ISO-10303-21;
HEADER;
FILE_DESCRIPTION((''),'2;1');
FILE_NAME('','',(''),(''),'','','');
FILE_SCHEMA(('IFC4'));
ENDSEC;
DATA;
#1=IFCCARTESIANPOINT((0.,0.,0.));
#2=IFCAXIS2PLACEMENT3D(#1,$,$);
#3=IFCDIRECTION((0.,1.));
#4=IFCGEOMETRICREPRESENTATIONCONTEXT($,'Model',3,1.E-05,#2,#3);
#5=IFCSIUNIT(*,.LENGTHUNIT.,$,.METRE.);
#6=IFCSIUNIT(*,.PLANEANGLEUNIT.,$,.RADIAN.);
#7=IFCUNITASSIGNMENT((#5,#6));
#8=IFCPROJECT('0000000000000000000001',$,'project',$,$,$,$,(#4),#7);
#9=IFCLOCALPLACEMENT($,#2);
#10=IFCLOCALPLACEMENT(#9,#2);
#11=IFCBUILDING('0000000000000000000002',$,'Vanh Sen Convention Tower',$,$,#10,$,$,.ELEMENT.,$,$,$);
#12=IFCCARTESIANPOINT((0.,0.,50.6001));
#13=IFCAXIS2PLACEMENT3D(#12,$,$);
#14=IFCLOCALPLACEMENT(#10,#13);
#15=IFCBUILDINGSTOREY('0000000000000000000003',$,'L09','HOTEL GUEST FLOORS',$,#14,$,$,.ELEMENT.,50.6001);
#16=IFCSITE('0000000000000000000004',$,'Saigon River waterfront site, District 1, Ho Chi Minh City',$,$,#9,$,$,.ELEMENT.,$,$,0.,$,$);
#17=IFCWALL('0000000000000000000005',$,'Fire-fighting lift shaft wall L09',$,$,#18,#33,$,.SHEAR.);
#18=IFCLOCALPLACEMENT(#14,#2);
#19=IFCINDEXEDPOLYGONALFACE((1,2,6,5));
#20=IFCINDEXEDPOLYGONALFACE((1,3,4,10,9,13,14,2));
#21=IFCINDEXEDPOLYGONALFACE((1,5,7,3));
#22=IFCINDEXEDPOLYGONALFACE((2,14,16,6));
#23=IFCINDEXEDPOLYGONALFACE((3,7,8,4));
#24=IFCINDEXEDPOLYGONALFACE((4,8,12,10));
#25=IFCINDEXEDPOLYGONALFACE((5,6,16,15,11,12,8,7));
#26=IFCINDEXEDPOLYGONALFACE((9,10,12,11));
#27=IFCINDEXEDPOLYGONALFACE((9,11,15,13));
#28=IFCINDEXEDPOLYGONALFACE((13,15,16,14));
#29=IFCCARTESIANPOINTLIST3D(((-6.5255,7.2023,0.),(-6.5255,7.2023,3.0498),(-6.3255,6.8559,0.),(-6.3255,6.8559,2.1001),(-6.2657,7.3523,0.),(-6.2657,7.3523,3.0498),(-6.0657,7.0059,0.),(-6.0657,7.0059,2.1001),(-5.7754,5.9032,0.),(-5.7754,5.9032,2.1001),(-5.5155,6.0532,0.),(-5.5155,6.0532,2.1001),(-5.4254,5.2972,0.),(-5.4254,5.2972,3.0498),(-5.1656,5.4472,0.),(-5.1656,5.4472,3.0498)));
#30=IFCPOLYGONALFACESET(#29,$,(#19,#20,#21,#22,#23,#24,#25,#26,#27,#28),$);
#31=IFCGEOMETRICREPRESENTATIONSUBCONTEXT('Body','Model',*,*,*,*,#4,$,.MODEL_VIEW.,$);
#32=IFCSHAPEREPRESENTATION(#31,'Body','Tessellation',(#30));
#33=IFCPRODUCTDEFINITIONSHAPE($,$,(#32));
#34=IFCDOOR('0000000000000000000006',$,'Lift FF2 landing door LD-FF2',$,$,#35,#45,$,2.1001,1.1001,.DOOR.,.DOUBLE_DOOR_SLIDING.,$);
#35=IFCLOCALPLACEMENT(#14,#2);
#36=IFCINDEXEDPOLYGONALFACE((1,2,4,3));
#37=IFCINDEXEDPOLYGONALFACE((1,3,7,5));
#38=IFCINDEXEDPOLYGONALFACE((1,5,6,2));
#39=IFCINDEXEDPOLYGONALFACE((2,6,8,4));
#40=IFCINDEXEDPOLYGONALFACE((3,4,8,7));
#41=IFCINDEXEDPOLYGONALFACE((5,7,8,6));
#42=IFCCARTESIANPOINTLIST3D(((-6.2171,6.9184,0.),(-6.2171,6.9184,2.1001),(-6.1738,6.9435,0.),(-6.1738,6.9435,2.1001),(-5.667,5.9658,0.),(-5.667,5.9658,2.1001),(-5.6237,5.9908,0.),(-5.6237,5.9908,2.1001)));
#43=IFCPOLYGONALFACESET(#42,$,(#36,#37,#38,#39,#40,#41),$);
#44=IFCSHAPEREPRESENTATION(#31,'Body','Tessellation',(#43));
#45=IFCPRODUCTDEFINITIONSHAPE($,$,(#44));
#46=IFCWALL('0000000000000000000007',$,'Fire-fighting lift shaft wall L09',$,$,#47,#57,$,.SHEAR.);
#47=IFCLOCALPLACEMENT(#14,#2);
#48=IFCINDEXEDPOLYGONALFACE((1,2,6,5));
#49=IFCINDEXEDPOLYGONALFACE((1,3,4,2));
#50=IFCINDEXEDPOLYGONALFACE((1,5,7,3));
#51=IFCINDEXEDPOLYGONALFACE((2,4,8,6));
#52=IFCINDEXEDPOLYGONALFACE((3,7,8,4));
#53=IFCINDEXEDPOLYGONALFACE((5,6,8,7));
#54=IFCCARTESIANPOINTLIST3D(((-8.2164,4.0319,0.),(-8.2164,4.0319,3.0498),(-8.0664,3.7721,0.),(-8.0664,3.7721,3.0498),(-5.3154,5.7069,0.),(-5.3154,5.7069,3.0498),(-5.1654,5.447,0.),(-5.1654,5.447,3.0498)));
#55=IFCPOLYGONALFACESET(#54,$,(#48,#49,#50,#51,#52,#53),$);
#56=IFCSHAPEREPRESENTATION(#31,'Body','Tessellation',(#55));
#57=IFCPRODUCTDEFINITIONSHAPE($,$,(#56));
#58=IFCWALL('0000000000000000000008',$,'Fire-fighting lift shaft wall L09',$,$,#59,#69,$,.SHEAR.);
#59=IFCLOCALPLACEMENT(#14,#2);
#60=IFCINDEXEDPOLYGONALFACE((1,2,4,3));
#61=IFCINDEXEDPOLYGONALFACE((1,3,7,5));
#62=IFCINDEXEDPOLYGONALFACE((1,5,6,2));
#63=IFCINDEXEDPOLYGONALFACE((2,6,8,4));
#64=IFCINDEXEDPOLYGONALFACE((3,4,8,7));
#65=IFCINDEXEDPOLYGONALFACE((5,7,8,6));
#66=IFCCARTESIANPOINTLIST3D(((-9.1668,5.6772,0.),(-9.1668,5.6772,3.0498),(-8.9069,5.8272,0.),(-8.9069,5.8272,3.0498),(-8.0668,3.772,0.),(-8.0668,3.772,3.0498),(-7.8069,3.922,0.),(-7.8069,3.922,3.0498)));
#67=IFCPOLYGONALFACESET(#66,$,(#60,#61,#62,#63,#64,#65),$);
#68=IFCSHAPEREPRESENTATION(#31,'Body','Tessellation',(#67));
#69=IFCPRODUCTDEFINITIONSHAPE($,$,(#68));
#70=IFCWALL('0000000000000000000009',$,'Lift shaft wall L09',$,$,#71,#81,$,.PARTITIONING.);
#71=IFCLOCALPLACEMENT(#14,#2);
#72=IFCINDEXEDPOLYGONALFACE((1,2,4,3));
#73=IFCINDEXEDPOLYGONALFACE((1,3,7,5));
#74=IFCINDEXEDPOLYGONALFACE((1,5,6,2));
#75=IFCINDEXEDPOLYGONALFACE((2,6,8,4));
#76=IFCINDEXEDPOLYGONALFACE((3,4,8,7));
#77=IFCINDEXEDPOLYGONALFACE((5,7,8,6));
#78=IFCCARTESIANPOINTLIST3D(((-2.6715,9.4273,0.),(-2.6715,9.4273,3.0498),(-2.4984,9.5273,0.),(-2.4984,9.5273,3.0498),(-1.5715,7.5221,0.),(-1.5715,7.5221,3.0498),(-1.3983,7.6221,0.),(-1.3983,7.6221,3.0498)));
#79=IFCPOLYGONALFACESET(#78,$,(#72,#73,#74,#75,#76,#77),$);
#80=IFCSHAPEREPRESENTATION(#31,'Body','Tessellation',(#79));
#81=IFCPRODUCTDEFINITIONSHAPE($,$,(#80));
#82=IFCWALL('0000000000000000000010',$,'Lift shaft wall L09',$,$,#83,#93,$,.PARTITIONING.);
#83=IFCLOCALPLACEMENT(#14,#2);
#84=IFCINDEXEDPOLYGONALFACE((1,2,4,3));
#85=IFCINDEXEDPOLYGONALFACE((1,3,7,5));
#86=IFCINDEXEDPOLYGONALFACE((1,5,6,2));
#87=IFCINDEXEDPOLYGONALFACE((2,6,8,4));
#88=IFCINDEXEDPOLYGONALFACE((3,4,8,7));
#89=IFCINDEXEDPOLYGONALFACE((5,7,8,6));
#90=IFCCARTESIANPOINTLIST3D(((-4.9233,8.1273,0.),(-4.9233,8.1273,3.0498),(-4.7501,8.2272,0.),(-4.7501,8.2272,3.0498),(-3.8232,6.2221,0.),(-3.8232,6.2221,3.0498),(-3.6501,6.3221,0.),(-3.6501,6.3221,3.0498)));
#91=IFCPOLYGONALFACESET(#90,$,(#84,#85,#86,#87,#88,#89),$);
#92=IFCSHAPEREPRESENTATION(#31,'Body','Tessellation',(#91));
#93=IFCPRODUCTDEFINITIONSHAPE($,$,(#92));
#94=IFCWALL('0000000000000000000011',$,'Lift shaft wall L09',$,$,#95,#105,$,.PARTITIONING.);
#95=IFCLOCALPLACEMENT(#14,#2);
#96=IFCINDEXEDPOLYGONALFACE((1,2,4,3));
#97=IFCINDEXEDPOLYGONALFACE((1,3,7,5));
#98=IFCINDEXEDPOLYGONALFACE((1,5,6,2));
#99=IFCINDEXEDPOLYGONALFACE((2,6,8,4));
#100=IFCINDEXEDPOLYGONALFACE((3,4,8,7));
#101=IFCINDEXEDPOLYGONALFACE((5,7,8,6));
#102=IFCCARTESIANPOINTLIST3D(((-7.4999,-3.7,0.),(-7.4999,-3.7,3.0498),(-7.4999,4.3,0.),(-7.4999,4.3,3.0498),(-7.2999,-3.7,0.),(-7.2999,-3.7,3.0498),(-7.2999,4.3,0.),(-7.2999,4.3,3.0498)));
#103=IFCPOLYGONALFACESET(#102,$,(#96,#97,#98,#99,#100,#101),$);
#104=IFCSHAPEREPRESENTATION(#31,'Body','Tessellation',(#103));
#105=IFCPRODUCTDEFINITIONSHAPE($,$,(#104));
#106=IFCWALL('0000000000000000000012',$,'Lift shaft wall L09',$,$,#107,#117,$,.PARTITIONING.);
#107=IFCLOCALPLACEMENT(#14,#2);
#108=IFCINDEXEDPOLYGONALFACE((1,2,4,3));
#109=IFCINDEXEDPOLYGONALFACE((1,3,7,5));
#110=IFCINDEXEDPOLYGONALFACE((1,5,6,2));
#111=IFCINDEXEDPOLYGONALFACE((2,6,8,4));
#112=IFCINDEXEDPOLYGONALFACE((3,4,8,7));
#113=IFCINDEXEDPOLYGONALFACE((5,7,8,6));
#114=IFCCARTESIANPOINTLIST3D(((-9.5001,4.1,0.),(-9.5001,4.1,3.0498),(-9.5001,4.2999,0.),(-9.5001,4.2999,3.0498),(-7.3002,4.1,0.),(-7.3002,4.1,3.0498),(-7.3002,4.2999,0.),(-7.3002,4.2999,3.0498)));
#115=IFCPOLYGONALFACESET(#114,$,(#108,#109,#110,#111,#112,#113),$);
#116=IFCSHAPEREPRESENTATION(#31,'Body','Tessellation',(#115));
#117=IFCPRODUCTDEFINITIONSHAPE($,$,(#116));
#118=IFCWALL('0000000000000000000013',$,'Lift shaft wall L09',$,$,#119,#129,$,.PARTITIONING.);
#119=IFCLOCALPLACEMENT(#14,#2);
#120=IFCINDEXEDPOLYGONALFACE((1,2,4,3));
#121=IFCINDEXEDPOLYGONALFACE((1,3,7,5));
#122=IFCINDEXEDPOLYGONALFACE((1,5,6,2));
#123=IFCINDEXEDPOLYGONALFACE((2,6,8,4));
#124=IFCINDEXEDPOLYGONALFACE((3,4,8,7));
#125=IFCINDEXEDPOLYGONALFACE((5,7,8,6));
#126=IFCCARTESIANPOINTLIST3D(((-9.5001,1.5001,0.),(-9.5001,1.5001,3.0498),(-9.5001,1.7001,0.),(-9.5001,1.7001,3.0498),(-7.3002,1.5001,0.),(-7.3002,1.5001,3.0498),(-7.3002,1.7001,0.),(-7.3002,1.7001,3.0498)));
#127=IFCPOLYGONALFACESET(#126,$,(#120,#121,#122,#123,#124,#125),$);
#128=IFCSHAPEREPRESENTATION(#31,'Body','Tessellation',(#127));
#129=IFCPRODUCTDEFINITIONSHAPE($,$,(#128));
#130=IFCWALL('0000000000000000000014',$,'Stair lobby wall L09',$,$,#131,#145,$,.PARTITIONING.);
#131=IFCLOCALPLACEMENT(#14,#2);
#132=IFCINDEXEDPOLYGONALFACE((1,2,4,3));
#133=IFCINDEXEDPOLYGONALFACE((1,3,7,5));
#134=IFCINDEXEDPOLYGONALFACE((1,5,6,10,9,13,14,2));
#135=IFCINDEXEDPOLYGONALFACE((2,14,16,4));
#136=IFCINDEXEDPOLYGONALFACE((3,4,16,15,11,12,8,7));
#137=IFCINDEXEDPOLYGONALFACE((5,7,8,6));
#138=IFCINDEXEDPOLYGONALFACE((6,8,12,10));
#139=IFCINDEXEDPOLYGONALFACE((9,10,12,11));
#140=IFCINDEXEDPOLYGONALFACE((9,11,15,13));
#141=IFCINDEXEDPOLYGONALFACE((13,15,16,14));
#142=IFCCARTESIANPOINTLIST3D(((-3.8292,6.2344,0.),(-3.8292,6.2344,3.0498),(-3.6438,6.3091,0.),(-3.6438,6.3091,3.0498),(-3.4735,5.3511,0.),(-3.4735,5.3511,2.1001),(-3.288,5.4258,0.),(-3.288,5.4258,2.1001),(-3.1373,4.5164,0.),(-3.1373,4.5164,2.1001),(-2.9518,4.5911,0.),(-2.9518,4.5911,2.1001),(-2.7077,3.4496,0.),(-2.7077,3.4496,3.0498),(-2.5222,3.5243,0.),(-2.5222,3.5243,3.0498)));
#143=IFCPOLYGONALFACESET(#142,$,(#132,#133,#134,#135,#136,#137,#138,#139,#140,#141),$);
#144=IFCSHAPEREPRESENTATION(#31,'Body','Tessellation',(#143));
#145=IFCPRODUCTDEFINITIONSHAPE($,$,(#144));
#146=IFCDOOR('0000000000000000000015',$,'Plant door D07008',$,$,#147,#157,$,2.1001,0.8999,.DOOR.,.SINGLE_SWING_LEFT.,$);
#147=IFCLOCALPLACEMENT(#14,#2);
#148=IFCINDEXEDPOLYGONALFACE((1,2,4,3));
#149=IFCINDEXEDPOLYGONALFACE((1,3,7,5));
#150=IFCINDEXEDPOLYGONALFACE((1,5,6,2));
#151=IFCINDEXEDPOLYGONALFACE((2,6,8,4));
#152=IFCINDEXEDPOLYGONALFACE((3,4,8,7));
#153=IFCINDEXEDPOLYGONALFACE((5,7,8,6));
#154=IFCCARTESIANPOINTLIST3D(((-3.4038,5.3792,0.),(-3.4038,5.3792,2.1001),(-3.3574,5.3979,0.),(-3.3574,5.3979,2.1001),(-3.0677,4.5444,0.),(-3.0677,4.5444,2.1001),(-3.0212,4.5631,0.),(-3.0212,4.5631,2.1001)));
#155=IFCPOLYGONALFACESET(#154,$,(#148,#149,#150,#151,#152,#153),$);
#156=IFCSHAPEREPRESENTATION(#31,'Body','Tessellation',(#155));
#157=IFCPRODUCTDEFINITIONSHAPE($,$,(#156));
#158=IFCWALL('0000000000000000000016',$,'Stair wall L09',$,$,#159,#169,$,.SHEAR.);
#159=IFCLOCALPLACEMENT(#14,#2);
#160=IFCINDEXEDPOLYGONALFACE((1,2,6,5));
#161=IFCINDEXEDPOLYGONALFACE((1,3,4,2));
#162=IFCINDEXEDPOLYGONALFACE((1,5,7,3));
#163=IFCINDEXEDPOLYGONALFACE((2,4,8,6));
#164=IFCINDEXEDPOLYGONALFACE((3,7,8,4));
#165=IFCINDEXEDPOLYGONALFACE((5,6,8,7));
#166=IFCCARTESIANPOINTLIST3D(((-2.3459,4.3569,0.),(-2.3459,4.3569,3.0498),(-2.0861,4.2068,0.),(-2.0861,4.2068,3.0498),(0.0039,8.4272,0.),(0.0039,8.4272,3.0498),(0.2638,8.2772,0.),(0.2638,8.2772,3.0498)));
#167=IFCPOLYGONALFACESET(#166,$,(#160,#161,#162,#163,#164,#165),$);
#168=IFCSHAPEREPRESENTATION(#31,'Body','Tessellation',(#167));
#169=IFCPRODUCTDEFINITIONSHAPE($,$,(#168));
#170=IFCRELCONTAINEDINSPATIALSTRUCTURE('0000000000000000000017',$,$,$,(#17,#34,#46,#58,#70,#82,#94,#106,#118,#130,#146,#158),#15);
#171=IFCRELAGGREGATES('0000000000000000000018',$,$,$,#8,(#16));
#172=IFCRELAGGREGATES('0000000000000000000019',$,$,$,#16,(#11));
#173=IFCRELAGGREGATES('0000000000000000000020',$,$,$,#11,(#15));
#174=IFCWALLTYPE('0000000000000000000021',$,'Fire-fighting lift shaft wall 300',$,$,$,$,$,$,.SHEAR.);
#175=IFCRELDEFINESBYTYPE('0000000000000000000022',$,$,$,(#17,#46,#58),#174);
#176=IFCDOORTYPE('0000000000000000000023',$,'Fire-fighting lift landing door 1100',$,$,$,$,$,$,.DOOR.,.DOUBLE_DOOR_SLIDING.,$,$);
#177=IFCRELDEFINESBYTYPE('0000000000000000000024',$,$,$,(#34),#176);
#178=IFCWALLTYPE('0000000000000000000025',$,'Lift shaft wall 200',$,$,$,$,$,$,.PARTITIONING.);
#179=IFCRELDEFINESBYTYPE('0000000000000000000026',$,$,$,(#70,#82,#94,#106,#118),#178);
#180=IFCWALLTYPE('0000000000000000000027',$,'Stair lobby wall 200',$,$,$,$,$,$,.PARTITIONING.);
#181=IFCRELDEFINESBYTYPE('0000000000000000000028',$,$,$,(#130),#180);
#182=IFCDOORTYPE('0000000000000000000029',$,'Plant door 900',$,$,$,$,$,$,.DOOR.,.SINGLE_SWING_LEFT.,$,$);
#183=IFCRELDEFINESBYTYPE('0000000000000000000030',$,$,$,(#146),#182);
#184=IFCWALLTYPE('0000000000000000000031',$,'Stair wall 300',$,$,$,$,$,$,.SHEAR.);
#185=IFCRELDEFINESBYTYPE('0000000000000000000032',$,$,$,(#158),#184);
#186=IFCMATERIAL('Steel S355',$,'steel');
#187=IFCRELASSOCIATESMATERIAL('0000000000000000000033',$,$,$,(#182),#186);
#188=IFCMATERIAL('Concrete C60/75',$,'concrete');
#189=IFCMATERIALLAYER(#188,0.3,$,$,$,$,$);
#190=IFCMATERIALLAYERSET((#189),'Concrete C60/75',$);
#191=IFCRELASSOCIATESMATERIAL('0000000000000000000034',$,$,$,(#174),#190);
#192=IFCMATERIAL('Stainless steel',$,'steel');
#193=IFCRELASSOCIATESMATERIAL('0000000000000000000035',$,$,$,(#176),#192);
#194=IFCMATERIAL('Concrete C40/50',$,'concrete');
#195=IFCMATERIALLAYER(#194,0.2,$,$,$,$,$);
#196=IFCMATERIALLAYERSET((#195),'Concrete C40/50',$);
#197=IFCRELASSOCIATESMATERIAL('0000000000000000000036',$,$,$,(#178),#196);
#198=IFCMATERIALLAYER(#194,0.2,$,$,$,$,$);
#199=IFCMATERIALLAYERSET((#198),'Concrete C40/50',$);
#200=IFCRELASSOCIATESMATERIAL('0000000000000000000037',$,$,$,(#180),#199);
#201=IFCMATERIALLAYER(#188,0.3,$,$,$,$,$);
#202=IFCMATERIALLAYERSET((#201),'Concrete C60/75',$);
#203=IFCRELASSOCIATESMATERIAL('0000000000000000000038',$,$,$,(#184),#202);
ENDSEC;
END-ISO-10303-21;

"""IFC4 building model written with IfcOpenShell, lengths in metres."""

from ifc_helpers import new_model, si_unit, direction, frame, frame_2d, origin, place, context, subcontext, project, spatial, rectangle, extrude, material, layer, layer_set, type_object, element, fill, save


model = new_model("IFC4")

# Units and contexts
model_context = context("Model", 3, precision=1e-05, world=origin(), true_north=direction((0.0, 1.0)))
body_context = subcontext(model_context, "Body", "Model", "MODEL_VIEW")
ifc_project = project(units=[si_unit("LENGTHUNIT", "METRE"), si_unit("PLANEANGLEUNIT", "RADIAN")], contexts=[model_context])

# Site, building, storey
site_placement = place(None, origin())
site = spatial("IfcSite", under=ifc_project, at=site_placement, Name="Saigon River waterfront site, District 1, Ho Chi Minh City", CompositionType="ELEMENT", RefElevation=0.0)
building_placement = place(site_placement, origin())
building = spatial("IfcBuilding", under=site, at=building_placement, Name="Vanh Sen Convention Tower", CompositionType="ELEMENT")
storey_placement = place(building_placement, frame((0.0, 0.0, 50.6001)))
storey = spatial("IfcBuildingStorey", under=building, at=storey_placement, Name="L09", Description="HOTEL GUEST FLOORS", CompositionType="ELEMENT", Elevation=50.6001)

# Shared definitions
ifc_material_1 = material(Name="Steel S355", Category="steel")
door_type_1 = type_object("IfcDoorType", Name="Plant door 900", OperationType="SINGLE_SWING_LEFT", PredefinedType="DOOR", material=ifc_material_1)

# Wall, opening, door
ifc_material_2 = material(Name="Concrete C60/75", Category="concrete")
ifc_layer_1 = layer(ifc_material_2, 0.3)
ifc_layer_set_1 = layer_set([ifc_layer_1], Name="Concrete C60/75")
wall_type_1 = type_object("IfcWallType", Name="Fire-fighting lift shaft wall 300", PredefinedType="SHEAR", material=ifc_layer_set_1)
wall_1_placement = place(storey_placement, frame((-5.2954, 5.3721, 0.0), z_axis=(0.0, 0.0, 1.0), x_axis=(-0.500078, 0.86598, 0.0)))
wall_1 = element("IfcWall", 1, at=wall_1_placement, inside=storey, type_object=wall_type_1, Name="Fire-fighting lift shaft wall L09", PredefinedType="SHEAR", context=body_context, shape_type="SweptSolid", body=[
    extrude(rectangle(XDim=2.2, YDim=0.3, at=frame_2d((1.1001, 0.0))), origin(), (0.0, 0.0, 1.0), 3.0498),
])
opening_1_placement = place(wall_1_placement, frame((0.7, 0.0, 0.0)))
opening_1 = element("IfcOpeningElement", 2, at=opening_1_placement, cuts=wall_1, PredefinedType="OPENING", context=body_context, shape_type="SweptSolid", body=[
    extrude(rectangle(XDim=1.1001, YDim=2.1001, at=frame_2d((0.55, 1.05))), frame((0.0, 0.1599, 0.0), z_axis=(0.0, -1.0, 0.0), x_axis=(1.0, 0.0, 0.0)), (0.0, 0.0, 1.0), 0.3201),
])
ifc_material_3 = material(Name="Stainless steel", Category="steel")
door_type_2 = type_object("IfcDoorType", Name="Fire-fighting lift landing door 1100", OperationType="DOUBLE_DOOR_SLIDING", PredefinedType="DOOR", material=ifc_material_3)
door_1_placement = place(opening_1_placement, origin())
door_1 = element("IfcDoor", 3, at=door_1_placement, inside=storey, type_object=door_type_2, Name="Lift FF2 landing door LD-FF2", OperationType="DOUBLE_DOOR_SLIDING", OverallHeight=2.1001, OverallWidth=1.1001, PredefinedType="DOOR", context=body_context, shape_type="SweptSolid", body=[
    extrude(rectangle(XDim=1.1001, YDim=2.1001, at=frame_2d((0.55, 1.05))), frame((0.0, 0.0249, 0.0), z_axis=(0.0, -1.0, 0.0), x_axis=(1.0, 0.0, 0.0)), (0.0, 0.0, 1.0), 0.05),
])
fill(opening_1, door_1)

# Walls
wall_2_placement = place(storey_placement, frame((-5.2405, 5.5769, 0.0), z_axis=(0.0, 0.0, 1.0), x_axis=(-0.866014, -0.500019, 0.0)))
element("IfcWall", 4, at=wall_2_placement, inside=storey, type_object=wall_type_1, Name="Fire-fighting lift shaft wall L09", PredefinedType="SHEAR", context=body_context, shape_type="SweptSolid", body=[
    extrude(rectangle(XDim=3.3499, YDim=0.3, at=frame_2d((1.6748, 0.0))), origin(), (0.0, 0.0, 1.0), 3.0498),
])
wall_3_placement = place(storey_placement, frame((-7.9368, 3.8469, 0.0), z_axis=(0.0, 0.0, 1.0), x_axis=(-0.50003, 0.866008, 0.0)))
element("IfcWall", 5, at=wall_3_placement, inside=storey, type_object=wall_type_1, Name="Fire-fighting lift shaft wall L09", PredefinedType="SHEAR", context=body_context, shape_type="SweptSolid", body=[
    extrude(rectangle(XDim=2.2, YDim=0.3, at=frame_2d((1.1001, 0.0))), origin(), (0.0, 0.0, 1.0), 3.0498),
])
ifc_material_4 = material(Name="Concrete C40/50", Category="concrete")
ifc_layer_2 = layer(ifc_material_4, 0.2)
ifc_layer_set_2 = layer_set([ifc_layer_2], Name="Concrete C40/50")
wall_type_2 = type_object("IfcWallType", Name="Lift shaft wall 200", PredefinedType="PARTITIONING", material=ifc_layer_set_2)
for number, where, z_axis, x_axis, name in (
    (6, (-1.4849, 7.572, 0.0), (0.0, 0.0, 1.0), (-0.50003, 0.866008, 0.0), "Lift shaft wall L09"),
    (7, (-3.7366, 6.272, 0.0), (0.0, 0.0, 1.0), (-0.50003, 0.866008, 0.0), "Lift shaft wall L09"),
):
    element("IfcWall", number, at=place(storey_placement, frame(where, z_axis=z_axis, x_axis=x_axis)), inside=storey, type_object=wall_type_2, Name=name, PredefinedType="PARTITIONING", context=body_context, shape_type="SweptSolid", body=[
        extrude(rectangle(XDim=2.2, YDim=0.2, at=frame_2d((1.1001, 0.0))), origin(), (0.0, 0.0, 1.0), 3.0498),
    ])
wall_4_placement = place(storey_placement, frame((-7.3999, 4.3, 0.0), z_axis=(0.0, 0.0, 1.0), x_axis=(0.0, -1.0, 0.0)))
element("IfcWall", 8, at=wall_4_placement, inside=storey, type_object=wall_type_2, Name="Lift shaft wall L09", PredefinedType="PARTITIONING", context=body_context, shape_type="SweptSolid", body=[
    extrude(rectangle(XDim=8.0, YDim=0.2, at=frame_2d((4.0, 0.0))), origin(), (0.0, 0.0, 1.0), 3.0498),
])
for number, where, z_axis, x_axis, name in (
    (9, (-7.3, 4.2, 0.0), (0.0, 0.0, 1.0), (-1.0, 0.0, 0.0), "Lift shaft wall L09"),
    (10, (-7.3, 1.6001, 0.0), (0.0, 0.0, 1.0), (-1.0, 0.0, 0.0), "Lift shaft wall L09"),
):
    element("IfcWall", number, at=place(storey_placement, frame(where, z_axis=z_axis, x_axis=x_axis)), inside=storey, type_object=wall_type_2, Name=name, PredefinedType="PARTITIONING", context=body_context, shape_type="SweptSolid", body=[
        extrude(rectangle(XDim=2.2, YDim=0.2, at=frame_2d((1.1001, 0.0))), origin(), (0.0, 0.0, 1.0), 3.0498),
    ])

# Wall, opening, door
ifc_layer_3 = layer(ifc_material_4, 0.2)
ifc_layer_set_3 = layer_set([ifc_layer_3], Name="Concrete C40/50")
wall_type_3 = type_object("IfcWallType", Name="Stair lobby wall 200", PredefinedType="PARTITIONING", material=ifc_layer_set_3)
wall_5_placement = place(storey_placement, frame((-2.615, 3.4871, 0.0), z_axis=(0.0, 0.0, 1.0), x_axis=(-0.373577, 0.927599, 0.0)))
wall_5 = element("IfcWall", 11, at=wall_5_placement, inside=storey, type_object=wall_type_3, Name="Stair lobby wall L09", PredefinedType="PARTITIONING", context=body_context, shape_type="SweptSolid", body=[
    extrude(rectangle(XDim=3.0022, YDim=0.2, at=frame_2d((1.501, 0.0))), origin(), (0.0, 0.0, 1.0), 3.0498),
])
opening_2_placement = place(wall_5_placement, frame((1.1499, 0.0, 0.0)))
opening_2 = element("IfcOpeningElement", 12, at=opening_2_placement, cuts=wall_5, PredefinedType="OPENING", context=body_context, shape_type="SweptSolid", body=[
    extrude(rectangle(XDim=0.8999, YDim=2.1001, at=frame_2d((0.45, 1.05))), frame((0.0, 0.1099, 0.0), z_axis=(0.0, -1.0, 0.0), x_axis=(1.0, 0.0, 0.0)), (0.0, 0.0, 1.0), 0.22),
])
door_2_placement = place(opening_2_placement, origin())
door_2 = element("IfcDoor", 13, at=door_2_placement, inside=storey, type_object=door_type_1, Name="Plant door D07008", OperationType="SINGLE_SWING_LEFT", OverallHeight=2.1001, OverallWidth=0.8999, PredefinedType="DOOR", context=body_context, shape_type="SweptSolid", body=[
    extrude(rectangle(XDim=0.8999, YDim=2.1001, at=frame_2d((0.45, 1.05))), frame((0.0, 0.0249, 0.0), z_axis=(0.0, -1.0, 0.0), x_axis=(1.0, 0.0, 0.0)), (0.0, 0.0, 1.0), 0.05),
])
fill(opening_2, door_2)

# Wall
ifc_layer_4 = layer(ifc_material_2, 0.3)
ifc_layer_set_4 = layer_set([ifc_layer_4], Name="Concrete C60/75")
wall_type_4 = type_object("IfcWallType", Name="Stair wall 300", PredefinedType="SHEAR", material=ifc_layer_set_4)
wall_6_placement = place(storey_placement, frame((-2.2161, 4.2817, 0.0), z_axis=(0.0, 0.0, 1.0), x_axis=(0.499977, 0.866039, 0.0)))
element("IfcWall", 14, at=wall_6_placement, inside=storey, type_object=wall_type_4, Name="Stair wall L09", PredefinedType="SHEAR", context=body_context, shape_type="SweptSolid", body=[
    extrude(rectangle(XDim=4.7, YDim=0.3, at=frame_2d((2.3501, 0.0))), origin(), (0.0, 0.0, 1.0), 3.0498),
])

save(model, "model.ifc")
